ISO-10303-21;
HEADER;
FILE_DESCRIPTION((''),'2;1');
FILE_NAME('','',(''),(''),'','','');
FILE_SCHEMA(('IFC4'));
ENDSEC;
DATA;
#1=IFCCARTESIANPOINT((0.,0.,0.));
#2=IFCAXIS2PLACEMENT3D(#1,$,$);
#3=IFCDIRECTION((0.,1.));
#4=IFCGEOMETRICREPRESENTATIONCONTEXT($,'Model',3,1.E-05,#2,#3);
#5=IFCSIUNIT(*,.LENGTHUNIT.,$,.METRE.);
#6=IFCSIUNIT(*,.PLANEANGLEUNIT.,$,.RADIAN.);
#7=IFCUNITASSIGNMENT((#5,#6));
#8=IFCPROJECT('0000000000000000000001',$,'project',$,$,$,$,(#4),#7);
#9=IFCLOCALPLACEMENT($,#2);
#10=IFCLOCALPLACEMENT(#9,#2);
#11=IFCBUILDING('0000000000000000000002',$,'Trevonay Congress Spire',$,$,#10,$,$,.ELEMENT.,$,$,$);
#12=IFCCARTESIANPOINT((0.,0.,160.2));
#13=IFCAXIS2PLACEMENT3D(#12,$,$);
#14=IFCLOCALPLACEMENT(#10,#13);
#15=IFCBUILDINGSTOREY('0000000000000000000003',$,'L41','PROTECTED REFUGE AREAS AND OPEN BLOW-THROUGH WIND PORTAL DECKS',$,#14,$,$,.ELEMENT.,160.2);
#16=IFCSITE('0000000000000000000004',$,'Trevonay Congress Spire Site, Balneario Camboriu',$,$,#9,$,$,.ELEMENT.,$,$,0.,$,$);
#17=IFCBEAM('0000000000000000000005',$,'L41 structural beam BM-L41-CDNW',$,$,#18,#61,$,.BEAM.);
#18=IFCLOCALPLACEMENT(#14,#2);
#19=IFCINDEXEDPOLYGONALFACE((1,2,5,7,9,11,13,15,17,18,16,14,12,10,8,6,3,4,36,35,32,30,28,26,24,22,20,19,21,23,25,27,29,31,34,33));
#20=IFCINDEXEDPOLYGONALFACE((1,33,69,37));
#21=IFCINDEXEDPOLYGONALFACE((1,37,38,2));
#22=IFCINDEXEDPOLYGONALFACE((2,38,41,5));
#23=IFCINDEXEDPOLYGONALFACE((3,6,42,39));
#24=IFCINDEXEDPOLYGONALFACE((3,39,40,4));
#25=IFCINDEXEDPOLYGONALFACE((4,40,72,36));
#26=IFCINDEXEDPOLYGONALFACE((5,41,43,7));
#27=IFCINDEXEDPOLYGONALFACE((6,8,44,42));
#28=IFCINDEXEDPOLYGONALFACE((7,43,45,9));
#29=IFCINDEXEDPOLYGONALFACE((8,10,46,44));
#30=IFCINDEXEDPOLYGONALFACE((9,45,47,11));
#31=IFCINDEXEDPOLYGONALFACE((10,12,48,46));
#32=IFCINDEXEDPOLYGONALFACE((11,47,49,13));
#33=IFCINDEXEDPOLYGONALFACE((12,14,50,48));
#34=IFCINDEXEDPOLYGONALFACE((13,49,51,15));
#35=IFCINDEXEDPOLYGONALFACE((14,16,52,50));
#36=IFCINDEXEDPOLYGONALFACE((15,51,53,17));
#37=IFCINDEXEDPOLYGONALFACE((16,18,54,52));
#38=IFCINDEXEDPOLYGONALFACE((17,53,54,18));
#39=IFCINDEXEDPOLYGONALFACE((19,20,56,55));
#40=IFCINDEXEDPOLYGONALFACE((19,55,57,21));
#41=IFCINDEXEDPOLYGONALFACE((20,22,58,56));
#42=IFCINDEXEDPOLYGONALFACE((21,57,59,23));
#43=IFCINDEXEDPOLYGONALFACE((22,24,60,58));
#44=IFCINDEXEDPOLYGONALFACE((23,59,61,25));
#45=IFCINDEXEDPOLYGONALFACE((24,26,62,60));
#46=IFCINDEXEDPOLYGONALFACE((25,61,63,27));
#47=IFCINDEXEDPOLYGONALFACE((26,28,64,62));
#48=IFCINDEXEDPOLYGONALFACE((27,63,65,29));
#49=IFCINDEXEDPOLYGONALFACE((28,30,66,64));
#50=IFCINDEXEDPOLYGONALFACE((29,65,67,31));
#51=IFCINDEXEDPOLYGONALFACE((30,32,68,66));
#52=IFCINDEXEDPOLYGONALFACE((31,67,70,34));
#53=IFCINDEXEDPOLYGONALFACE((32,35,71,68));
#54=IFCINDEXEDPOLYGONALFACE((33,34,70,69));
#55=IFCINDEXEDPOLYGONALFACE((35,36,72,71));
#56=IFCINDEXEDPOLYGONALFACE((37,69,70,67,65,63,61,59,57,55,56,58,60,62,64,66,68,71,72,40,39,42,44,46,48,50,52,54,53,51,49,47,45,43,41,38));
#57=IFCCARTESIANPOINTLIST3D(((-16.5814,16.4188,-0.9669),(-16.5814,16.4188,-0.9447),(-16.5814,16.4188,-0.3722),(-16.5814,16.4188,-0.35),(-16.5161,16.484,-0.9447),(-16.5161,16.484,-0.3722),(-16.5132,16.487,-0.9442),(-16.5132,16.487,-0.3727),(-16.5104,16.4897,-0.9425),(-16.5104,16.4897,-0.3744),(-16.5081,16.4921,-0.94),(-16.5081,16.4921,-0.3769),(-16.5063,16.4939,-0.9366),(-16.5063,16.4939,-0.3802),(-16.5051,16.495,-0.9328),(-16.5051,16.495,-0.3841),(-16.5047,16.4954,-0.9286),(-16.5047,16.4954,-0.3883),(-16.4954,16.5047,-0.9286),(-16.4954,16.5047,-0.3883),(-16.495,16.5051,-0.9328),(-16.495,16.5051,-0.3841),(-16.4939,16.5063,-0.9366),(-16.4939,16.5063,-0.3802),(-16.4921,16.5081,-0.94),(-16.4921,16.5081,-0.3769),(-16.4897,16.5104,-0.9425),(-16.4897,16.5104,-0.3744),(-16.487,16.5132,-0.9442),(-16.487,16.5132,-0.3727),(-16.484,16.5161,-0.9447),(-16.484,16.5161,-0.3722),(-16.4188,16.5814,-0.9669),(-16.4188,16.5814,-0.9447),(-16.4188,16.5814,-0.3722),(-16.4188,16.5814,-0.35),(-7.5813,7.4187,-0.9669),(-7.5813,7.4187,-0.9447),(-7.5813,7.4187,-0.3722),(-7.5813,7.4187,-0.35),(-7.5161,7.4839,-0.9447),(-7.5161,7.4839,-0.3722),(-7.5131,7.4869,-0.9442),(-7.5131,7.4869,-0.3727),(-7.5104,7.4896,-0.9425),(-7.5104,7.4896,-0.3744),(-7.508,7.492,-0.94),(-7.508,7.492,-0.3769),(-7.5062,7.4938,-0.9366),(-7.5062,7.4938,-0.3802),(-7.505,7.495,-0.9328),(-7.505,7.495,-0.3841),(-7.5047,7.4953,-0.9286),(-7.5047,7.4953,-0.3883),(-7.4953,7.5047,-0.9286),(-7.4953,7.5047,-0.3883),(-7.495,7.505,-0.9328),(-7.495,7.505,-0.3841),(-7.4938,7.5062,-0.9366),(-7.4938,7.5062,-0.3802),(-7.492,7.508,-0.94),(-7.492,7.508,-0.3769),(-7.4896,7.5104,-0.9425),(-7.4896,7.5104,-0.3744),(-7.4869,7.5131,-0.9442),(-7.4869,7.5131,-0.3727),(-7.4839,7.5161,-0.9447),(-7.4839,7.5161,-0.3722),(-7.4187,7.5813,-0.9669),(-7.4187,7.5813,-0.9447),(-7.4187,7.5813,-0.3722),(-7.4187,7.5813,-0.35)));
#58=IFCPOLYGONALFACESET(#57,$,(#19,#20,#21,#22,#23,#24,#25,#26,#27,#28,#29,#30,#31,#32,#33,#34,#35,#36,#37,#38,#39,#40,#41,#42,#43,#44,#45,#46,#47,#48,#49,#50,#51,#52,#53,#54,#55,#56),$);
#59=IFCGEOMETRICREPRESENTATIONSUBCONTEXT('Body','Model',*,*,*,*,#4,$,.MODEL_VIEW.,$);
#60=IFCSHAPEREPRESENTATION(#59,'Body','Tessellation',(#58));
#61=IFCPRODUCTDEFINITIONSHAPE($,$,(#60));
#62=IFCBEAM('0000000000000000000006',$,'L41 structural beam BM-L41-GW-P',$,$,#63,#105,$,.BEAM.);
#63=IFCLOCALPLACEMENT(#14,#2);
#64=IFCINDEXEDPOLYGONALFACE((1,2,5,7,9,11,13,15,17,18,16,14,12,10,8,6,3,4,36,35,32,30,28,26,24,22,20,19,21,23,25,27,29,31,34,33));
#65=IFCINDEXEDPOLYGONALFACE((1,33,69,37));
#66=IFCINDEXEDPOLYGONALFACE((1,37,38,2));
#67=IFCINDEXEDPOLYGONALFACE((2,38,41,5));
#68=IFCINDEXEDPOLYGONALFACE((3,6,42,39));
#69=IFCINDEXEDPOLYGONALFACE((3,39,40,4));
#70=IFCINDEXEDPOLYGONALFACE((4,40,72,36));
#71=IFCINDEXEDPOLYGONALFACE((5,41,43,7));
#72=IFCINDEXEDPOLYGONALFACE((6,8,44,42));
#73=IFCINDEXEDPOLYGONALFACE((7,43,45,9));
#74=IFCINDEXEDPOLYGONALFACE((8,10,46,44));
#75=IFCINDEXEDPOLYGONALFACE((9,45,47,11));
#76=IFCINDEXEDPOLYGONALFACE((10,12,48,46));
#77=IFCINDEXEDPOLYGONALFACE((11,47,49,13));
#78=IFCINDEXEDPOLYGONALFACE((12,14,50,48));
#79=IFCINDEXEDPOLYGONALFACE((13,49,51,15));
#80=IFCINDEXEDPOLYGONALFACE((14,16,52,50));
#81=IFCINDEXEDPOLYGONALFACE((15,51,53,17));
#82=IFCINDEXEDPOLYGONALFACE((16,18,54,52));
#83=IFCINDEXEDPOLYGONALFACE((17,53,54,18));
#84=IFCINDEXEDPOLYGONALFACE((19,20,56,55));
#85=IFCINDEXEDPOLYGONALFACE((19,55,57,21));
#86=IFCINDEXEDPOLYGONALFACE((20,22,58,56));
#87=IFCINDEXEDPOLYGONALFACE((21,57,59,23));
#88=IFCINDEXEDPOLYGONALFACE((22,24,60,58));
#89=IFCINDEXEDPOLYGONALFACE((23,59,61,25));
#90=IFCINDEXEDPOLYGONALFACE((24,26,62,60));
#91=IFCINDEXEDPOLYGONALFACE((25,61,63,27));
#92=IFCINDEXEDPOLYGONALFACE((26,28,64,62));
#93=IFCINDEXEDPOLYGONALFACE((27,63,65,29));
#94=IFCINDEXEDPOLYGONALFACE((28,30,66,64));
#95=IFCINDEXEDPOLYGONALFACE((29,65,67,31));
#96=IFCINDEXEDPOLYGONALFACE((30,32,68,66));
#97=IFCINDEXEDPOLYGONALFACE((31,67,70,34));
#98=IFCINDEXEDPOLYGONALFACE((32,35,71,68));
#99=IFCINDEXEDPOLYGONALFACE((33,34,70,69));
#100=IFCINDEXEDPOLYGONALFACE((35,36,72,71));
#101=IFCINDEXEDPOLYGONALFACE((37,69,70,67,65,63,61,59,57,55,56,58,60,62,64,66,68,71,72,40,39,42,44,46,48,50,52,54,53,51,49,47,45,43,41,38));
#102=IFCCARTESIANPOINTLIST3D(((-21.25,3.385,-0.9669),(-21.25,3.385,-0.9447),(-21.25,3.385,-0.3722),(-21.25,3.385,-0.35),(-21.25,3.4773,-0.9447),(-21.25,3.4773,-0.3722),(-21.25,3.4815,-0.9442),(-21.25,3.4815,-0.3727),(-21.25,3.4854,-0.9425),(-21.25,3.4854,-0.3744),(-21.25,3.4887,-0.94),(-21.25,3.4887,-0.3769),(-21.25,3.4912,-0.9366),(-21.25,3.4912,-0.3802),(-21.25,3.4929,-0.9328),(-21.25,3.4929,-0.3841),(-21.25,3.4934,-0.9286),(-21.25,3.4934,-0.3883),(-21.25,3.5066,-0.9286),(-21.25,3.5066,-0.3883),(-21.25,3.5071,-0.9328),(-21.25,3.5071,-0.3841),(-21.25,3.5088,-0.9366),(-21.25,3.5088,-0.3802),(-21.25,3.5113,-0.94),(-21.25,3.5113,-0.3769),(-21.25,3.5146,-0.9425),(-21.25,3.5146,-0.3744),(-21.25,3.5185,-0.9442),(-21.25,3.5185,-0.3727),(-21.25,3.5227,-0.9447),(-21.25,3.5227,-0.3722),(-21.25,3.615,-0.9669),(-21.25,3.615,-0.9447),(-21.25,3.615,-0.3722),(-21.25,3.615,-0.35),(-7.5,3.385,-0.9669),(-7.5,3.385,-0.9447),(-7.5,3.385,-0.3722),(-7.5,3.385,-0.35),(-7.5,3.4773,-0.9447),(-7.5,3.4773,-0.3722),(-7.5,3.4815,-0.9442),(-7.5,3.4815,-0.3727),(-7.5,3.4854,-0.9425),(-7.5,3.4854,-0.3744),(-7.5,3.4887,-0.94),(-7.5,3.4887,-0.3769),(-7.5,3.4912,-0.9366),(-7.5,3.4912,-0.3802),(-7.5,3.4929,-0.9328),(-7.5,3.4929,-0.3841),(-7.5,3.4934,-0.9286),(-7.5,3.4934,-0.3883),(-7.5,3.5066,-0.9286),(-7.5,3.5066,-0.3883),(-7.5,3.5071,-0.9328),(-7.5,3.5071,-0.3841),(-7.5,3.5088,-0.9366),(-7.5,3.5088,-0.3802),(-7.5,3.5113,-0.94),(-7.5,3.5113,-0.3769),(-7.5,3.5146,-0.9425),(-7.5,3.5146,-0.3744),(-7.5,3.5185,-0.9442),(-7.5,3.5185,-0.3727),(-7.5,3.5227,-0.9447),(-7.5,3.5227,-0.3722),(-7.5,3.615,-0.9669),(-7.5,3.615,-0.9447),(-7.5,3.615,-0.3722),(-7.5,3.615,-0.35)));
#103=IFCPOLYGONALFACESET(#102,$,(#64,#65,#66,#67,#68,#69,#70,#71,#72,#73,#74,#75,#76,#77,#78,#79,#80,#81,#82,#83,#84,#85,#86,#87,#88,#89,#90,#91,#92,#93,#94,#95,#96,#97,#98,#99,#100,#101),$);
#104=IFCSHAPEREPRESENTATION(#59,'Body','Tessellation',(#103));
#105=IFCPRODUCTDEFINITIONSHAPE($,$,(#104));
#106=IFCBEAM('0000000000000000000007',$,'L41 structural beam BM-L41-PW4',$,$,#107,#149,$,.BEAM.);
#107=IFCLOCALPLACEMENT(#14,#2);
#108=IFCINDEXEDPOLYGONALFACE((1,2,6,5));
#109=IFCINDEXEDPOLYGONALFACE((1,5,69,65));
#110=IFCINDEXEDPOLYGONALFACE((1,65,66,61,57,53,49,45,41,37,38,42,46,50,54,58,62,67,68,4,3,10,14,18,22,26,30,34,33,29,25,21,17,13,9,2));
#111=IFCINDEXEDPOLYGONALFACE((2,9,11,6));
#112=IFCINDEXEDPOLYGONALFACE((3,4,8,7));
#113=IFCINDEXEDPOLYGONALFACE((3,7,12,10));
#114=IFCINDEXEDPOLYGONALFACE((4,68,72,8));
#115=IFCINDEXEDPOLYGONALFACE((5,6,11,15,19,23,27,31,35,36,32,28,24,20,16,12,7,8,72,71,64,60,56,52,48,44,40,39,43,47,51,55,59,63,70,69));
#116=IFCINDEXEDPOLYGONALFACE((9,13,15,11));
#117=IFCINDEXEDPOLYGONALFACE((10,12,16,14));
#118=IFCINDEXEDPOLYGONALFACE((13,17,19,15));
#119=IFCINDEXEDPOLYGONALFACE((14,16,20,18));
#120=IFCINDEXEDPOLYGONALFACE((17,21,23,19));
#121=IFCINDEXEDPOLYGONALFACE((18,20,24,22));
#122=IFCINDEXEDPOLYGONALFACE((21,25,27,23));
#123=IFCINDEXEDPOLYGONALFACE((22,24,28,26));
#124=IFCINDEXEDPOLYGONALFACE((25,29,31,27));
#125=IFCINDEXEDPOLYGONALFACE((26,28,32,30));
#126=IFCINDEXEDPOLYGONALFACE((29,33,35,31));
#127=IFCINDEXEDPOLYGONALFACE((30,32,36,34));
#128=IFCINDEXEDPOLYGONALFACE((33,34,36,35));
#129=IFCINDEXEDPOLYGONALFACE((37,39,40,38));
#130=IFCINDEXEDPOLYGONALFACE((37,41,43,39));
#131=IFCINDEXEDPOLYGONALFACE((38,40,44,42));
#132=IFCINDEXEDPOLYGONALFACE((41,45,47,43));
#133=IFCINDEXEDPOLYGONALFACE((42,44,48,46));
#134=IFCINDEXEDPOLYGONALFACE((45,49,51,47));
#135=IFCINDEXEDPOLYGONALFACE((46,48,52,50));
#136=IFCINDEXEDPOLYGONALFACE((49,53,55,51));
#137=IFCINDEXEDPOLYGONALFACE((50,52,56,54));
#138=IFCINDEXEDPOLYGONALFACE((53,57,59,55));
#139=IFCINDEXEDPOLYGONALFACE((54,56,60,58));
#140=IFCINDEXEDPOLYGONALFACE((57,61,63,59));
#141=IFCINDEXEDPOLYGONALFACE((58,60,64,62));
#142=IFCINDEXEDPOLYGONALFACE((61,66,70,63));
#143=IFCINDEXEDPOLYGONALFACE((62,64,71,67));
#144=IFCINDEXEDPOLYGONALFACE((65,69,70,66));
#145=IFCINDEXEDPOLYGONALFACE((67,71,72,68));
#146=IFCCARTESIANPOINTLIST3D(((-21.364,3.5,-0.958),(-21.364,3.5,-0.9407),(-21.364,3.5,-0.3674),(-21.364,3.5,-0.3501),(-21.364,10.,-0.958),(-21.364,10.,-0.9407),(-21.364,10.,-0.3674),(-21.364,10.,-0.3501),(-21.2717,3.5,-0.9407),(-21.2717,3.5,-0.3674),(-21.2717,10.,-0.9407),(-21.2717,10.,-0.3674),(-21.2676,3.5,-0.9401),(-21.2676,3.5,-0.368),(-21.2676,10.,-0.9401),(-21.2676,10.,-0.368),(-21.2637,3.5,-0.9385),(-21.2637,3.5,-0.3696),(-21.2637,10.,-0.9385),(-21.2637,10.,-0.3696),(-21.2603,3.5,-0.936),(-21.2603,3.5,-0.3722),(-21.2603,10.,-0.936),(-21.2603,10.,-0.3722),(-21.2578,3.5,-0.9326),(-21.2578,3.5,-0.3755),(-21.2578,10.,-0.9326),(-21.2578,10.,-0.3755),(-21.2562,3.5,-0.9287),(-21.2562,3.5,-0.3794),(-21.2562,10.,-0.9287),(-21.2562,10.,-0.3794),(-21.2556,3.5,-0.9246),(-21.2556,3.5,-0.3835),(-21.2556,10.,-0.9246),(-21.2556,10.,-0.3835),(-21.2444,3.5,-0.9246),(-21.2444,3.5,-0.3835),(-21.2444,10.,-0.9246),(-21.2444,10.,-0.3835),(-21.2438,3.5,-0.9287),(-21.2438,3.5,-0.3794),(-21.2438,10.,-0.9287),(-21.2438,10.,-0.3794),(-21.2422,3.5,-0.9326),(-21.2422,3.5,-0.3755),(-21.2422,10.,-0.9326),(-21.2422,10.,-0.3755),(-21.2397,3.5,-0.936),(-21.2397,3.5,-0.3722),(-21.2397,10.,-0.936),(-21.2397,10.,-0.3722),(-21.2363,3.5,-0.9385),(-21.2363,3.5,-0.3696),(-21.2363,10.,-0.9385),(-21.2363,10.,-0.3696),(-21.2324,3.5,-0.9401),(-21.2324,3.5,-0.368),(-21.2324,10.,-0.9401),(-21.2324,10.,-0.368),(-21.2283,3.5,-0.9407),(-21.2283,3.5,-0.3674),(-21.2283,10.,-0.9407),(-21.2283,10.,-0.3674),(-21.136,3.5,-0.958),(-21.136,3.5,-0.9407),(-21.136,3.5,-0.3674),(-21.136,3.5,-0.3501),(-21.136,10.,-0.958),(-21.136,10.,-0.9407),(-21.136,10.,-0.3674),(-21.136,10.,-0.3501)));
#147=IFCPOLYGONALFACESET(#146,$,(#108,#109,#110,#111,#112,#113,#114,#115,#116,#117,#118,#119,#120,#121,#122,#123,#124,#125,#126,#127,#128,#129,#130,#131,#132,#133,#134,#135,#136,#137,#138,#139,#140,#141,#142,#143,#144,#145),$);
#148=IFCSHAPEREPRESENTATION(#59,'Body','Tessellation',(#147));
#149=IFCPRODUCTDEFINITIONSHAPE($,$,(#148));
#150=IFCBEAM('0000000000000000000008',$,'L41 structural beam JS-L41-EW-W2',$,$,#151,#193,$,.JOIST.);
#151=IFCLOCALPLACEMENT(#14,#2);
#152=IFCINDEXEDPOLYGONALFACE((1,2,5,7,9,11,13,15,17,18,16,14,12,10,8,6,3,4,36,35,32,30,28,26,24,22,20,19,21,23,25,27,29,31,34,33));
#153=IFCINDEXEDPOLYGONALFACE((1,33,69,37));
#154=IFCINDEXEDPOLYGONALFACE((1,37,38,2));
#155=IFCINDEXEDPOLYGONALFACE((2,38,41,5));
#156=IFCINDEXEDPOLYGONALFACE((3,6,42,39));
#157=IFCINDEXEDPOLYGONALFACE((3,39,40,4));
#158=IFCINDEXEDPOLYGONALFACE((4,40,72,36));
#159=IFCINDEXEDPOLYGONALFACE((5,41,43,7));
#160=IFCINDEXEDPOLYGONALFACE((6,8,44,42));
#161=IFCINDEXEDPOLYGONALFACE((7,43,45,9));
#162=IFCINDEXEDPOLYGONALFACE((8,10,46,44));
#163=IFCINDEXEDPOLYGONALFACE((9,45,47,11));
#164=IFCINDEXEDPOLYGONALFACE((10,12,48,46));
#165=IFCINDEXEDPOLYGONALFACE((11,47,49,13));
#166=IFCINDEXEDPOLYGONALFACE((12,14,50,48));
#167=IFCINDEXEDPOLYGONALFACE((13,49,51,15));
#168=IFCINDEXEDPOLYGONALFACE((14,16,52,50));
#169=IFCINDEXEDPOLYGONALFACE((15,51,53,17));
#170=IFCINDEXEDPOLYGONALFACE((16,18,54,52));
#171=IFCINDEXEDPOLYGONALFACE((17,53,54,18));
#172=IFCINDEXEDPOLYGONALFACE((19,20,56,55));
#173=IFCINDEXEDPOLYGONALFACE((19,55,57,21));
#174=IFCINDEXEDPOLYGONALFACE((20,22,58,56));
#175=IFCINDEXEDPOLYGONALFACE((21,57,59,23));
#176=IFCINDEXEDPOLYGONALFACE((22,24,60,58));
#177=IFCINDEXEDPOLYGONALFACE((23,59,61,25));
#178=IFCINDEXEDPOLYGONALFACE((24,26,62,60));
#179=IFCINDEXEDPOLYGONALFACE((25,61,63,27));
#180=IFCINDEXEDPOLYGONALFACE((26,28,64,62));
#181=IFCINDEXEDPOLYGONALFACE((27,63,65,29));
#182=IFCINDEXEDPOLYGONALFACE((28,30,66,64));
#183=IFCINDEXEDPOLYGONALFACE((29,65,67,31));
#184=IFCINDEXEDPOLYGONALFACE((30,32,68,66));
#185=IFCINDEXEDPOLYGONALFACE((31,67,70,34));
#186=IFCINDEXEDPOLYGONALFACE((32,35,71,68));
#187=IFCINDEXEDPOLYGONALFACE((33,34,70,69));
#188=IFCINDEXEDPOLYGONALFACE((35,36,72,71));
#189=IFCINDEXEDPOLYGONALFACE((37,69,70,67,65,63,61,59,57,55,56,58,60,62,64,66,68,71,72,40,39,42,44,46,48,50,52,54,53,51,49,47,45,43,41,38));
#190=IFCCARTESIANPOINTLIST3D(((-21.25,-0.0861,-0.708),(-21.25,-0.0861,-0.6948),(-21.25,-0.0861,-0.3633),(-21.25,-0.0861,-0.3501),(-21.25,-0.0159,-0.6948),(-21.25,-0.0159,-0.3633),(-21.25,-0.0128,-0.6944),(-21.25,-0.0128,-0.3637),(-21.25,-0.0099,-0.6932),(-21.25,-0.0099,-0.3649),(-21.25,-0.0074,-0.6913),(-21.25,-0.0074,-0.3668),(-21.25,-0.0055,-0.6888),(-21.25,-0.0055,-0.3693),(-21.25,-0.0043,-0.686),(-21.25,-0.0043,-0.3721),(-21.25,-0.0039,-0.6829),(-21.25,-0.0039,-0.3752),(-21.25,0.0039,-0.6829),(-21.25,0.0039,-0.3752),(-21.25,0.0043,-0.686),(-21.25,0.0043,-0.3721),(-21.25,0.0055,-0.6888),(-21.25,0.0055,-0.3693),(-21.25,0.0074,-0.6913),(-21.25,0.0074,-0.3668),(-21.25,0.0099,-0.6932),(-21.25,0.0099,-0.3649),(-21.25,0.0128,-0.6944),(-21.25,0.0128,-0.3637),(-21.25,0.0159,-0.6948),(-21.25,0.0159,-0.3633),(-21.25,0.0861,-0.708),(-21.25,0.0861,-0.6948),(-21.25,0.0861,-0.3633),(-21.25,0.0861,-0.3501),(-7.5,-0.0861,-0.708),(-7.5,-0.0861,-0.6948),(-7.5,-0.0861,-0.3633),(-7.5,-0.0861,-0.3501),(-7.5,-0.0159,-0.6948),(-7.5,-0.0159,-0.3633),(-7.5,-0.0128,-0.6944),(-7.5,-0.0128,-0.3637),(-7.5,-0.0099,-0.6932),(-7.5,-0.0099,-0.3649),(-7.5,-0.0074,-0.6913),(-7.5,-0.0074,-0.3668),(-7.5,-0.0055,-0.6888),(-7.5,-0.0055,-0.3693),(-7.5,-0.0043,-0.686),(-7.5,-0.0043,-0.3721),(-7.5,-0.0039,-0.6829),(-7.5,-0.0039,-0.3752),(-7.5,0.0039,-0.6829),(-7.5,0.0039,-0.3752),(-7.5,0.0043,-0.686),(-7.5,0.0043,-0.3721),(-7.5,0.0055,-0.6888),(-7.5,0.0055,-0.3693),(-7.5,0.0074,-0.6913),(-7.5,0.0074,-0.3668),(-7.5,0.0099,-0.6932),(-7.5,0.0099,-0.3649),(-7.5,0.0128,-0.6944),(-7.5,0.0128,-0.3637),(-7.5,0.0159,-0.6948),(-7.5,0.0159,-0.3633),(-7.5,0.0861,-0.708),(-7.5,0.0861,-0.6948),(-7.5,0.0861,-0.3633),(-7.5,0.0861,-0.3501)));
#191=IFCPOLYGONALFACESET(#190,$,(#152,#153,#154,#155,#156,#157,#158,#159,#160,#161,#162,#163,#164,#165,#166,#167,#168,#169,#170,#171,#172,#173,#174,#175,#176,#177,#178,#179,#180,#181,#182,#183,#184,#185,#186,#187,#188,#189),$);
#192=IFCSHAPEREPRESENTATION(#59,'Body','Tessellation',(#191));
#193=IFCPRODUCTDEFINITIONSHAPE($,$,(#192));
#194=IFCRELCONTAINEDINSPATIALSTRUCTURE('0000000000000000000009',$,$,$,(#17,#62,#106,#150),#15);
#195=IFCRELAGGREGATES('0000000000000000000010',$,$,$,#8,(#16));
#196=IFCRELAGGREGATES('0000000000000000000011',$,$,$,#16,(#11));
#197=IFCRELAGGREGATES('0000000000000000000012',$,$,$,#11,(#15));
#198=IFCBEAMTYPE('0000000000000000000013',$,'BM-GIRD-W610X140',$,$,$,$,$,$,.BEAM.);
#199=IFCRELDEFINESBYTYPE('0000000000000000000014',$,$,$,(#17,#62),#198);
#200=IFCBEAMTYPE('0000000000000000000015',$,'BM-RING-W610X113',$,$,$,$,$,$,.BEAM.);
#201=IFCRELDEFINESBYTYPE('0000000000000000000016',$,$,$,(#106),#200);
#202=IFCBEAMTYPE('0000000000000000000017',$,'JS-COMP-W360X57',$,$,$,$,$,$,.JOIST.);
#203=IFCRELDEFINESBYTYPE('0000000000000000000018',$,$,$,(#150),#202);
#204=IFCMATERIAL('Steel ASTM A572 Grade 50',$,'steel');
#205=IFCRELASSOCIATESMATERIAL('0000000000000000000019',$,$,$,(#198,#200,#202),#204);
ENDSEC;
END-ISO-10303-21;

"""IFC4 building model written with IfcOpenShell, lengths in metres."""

from ifc_helpers import new_model, si_unit, direction, frame, origin, origin_2d, place, context, subcontext, project, spatial, i_section, extrude, material, material_profile, profile_set, type_object, element, save


model = new_model("IFC4")

# Units and contexts
model_context = context("Model", 3, precision=1e-05, world=origin(), true_north=direction((0.0, 1.0)))
body_context = subcontext(model_context, "Body", "Model", "MODEL_VIEW")
ifc_project = project(units=[si_unit("LENGTHUNIT", "METRE"), si_unit("PLANEANGLEUNIT", "RADIAN")], contexts=[model_context])

# Site, building, storey
site_placement = place(None, origin())
site = spatial("IfcSite", under=ifc_project, at=site_placement, Name="Trevonay Congress Spire Site, Balneario Camboriu", CompositionType="ELEMENT", RefElevation=0.0)
building_placement = place(site_placement, origin())
building = spatial("IfcBuilding", under=site, at=building_placement, Name="Trevonay Congress Spire", CompositionType="ELEMENT")
storey_placement = place(building_placement, frame((0.0, 0.0, 160.2)))
storey = spatial("IfcBuildingStorey", under=building, at=storey_placement, Name="L41", Description="PROTECTED REFUGE AREAS AND OPEN BLOW-THROUGH WIND PORTAL DECKS", CompositionType="ELEMENT", Elevation=160.2)

# Shared definitions
ifc_material_1 = material(Name="Steel ASTM A572 Grade 50", Category="steel")

# Beams
ifc_material_profile_1 = material_profile(ifc_material_1, i_section(OverallWidth=0.23, OverallDepth=0.6169, WebThickness=0.0132, FlangeThickness=0.0222, FilletRadius=0.0161, at=origin_2d()), Name="W610x140")
ifc_profile_set_1 = profile_set([ifc_material_profile_1], Name="Steel ASTM A572 Grade 50")
beam_type_1 = type_object("IfcBeamType", Name="BM-GIRD-W610X140", PredefinedType="BEAM", material=ifc_profile_set_1)
beam_1_placement = place(storey_placement, frame((-7.5, 7.5, -0.6584), z_axis=(-0.707107, 0.707107, 0.0), x_axis=(-0.707107, -0.707107, 0.0)))
element("IfcBeam", 1, at=beam_1_placement, inside=storey, type_object=beam_type_1, Name="L41 structural beam BM-L41-CDNW", PredefinedType="BEAM", context=body_context, shape_type="SweptSolid", body=[
    extrude(i_section(OverallWidth=0.23, OverallDepth=0.6169, WebThickness=0.0132, FlangeThickness=0.0222, FilletRadius=0.0161, at=origin_2d()), origin(), (0.0, 0.0, 1.0), 12.728),
])
beam_2_placement = place(storey_placement, frame((-7.5, 3.5, -0.6584), z_axis=(-1.0, 0.0, 0.0), x_axis=(0.0, -1.0, 0.0)))
element("IfcBeam", 2, at=beam_2_placement, inside=storey, type_object=beam_type_1, Name="L41 structural beam BM-L41-GW-P", PredefinedType="BEAM", context=body_context, shape_type="SweptSolid", body=[
    extrude(i_section(OverallWidth=0.23, OverallDepth=0.6169, WebThickness=0.0132, FlangeThickness=0.0222, FilletRadius=0.0161, at=origin_2d()), origin(), (0.0, 0.0, 1.0), 13.75),
])
ifc_material_profile_2 = material_profile(ifc_material_1, i_section(OverallWidth=0.228, OverallDepth=0.6079, WebThickness=0.0112, FlangeThickness=0.0173, FilletRadius=0.0161, at=origin_2d()), Name="W610x113")
ifc_profile_set_2 = profile_set([ifc_material_profile_2], Name="Steel ASTM A572 Grade 50")
beam_type_2 = type_object("IfcBeamType", Name="BM-RING-W610X113", PredefinedType="BEAM", material=ifc_profile_set_2)
beam_3_placement = place(storey_placement, frame((-21.25, 3.5, -0.6541), z_axis=(0.0, 1.0, 0.0), x_axis=(-1.0, 0.0, 0.0)))
element("IfcBeam", 3, at=beam_3_placement, inside=storey, type_object=beam_type_2, Name="L41 structural beam BM-L41-PW4", PredefinedType="BEAM", context=body_context, shape_type="SweptSolid", body=[
    extrude(i_section(OverallWidth=0.228, OverallDepth=0.6079, WebThickness=0.0112, FlangeThickness=0.0173, FilletRadius=0.0161, at=origin_2d()), origin(), (0.0, 0.0, 1.0), 6.5),
])
ifc_material_profile_3 = material_profile(ifc_material_1, i_section(OverallWidth=0.1721, OverallDepth=0.3579, WebThickness=0.0078, FlangeThickness=0.0132, FilletRadius=0.012, at=origin_2d()), Name="W360x57.8")
ifc_profile_set_3 = profile_set([ifc_material_profile_3], Name="Steel ASTM A572 Grade 50")
beam_type_3 = type_object("IfcBeamType", Name="JS-COMP-W360X57", PredefinedType="JOIST", material=ifc_profile_set_3)
for number, where, z_axis, x_axis, name in (
    (4, (-21.25, 0.0, -0.5291), (1.0, 0.0, 0.0), (0.0, 1.0, 0.0), "L41 structural beam JS-L41-EW-W2"),
):
    element("IfcBeam", number, at=place(storey_placement, frame(where, z_axis=z_axis, x_axis=x_axis)), inside=storey, type_object=beam_type_3, Name=name, PredefinedType="JOIST", context=body_context, shape_type="SweptSolid", body=[
        extrude(i_section(OverallWidth=0.1721, OverallDepth=0.3579, WebThickness=0.0078, FlangeThickness=0.0132, FilletRadius=0.012, at=origin_2d()), origin(), (0.0, 0.0, 1.0), 13.75),
    ])

save(model, "model.ifc")
